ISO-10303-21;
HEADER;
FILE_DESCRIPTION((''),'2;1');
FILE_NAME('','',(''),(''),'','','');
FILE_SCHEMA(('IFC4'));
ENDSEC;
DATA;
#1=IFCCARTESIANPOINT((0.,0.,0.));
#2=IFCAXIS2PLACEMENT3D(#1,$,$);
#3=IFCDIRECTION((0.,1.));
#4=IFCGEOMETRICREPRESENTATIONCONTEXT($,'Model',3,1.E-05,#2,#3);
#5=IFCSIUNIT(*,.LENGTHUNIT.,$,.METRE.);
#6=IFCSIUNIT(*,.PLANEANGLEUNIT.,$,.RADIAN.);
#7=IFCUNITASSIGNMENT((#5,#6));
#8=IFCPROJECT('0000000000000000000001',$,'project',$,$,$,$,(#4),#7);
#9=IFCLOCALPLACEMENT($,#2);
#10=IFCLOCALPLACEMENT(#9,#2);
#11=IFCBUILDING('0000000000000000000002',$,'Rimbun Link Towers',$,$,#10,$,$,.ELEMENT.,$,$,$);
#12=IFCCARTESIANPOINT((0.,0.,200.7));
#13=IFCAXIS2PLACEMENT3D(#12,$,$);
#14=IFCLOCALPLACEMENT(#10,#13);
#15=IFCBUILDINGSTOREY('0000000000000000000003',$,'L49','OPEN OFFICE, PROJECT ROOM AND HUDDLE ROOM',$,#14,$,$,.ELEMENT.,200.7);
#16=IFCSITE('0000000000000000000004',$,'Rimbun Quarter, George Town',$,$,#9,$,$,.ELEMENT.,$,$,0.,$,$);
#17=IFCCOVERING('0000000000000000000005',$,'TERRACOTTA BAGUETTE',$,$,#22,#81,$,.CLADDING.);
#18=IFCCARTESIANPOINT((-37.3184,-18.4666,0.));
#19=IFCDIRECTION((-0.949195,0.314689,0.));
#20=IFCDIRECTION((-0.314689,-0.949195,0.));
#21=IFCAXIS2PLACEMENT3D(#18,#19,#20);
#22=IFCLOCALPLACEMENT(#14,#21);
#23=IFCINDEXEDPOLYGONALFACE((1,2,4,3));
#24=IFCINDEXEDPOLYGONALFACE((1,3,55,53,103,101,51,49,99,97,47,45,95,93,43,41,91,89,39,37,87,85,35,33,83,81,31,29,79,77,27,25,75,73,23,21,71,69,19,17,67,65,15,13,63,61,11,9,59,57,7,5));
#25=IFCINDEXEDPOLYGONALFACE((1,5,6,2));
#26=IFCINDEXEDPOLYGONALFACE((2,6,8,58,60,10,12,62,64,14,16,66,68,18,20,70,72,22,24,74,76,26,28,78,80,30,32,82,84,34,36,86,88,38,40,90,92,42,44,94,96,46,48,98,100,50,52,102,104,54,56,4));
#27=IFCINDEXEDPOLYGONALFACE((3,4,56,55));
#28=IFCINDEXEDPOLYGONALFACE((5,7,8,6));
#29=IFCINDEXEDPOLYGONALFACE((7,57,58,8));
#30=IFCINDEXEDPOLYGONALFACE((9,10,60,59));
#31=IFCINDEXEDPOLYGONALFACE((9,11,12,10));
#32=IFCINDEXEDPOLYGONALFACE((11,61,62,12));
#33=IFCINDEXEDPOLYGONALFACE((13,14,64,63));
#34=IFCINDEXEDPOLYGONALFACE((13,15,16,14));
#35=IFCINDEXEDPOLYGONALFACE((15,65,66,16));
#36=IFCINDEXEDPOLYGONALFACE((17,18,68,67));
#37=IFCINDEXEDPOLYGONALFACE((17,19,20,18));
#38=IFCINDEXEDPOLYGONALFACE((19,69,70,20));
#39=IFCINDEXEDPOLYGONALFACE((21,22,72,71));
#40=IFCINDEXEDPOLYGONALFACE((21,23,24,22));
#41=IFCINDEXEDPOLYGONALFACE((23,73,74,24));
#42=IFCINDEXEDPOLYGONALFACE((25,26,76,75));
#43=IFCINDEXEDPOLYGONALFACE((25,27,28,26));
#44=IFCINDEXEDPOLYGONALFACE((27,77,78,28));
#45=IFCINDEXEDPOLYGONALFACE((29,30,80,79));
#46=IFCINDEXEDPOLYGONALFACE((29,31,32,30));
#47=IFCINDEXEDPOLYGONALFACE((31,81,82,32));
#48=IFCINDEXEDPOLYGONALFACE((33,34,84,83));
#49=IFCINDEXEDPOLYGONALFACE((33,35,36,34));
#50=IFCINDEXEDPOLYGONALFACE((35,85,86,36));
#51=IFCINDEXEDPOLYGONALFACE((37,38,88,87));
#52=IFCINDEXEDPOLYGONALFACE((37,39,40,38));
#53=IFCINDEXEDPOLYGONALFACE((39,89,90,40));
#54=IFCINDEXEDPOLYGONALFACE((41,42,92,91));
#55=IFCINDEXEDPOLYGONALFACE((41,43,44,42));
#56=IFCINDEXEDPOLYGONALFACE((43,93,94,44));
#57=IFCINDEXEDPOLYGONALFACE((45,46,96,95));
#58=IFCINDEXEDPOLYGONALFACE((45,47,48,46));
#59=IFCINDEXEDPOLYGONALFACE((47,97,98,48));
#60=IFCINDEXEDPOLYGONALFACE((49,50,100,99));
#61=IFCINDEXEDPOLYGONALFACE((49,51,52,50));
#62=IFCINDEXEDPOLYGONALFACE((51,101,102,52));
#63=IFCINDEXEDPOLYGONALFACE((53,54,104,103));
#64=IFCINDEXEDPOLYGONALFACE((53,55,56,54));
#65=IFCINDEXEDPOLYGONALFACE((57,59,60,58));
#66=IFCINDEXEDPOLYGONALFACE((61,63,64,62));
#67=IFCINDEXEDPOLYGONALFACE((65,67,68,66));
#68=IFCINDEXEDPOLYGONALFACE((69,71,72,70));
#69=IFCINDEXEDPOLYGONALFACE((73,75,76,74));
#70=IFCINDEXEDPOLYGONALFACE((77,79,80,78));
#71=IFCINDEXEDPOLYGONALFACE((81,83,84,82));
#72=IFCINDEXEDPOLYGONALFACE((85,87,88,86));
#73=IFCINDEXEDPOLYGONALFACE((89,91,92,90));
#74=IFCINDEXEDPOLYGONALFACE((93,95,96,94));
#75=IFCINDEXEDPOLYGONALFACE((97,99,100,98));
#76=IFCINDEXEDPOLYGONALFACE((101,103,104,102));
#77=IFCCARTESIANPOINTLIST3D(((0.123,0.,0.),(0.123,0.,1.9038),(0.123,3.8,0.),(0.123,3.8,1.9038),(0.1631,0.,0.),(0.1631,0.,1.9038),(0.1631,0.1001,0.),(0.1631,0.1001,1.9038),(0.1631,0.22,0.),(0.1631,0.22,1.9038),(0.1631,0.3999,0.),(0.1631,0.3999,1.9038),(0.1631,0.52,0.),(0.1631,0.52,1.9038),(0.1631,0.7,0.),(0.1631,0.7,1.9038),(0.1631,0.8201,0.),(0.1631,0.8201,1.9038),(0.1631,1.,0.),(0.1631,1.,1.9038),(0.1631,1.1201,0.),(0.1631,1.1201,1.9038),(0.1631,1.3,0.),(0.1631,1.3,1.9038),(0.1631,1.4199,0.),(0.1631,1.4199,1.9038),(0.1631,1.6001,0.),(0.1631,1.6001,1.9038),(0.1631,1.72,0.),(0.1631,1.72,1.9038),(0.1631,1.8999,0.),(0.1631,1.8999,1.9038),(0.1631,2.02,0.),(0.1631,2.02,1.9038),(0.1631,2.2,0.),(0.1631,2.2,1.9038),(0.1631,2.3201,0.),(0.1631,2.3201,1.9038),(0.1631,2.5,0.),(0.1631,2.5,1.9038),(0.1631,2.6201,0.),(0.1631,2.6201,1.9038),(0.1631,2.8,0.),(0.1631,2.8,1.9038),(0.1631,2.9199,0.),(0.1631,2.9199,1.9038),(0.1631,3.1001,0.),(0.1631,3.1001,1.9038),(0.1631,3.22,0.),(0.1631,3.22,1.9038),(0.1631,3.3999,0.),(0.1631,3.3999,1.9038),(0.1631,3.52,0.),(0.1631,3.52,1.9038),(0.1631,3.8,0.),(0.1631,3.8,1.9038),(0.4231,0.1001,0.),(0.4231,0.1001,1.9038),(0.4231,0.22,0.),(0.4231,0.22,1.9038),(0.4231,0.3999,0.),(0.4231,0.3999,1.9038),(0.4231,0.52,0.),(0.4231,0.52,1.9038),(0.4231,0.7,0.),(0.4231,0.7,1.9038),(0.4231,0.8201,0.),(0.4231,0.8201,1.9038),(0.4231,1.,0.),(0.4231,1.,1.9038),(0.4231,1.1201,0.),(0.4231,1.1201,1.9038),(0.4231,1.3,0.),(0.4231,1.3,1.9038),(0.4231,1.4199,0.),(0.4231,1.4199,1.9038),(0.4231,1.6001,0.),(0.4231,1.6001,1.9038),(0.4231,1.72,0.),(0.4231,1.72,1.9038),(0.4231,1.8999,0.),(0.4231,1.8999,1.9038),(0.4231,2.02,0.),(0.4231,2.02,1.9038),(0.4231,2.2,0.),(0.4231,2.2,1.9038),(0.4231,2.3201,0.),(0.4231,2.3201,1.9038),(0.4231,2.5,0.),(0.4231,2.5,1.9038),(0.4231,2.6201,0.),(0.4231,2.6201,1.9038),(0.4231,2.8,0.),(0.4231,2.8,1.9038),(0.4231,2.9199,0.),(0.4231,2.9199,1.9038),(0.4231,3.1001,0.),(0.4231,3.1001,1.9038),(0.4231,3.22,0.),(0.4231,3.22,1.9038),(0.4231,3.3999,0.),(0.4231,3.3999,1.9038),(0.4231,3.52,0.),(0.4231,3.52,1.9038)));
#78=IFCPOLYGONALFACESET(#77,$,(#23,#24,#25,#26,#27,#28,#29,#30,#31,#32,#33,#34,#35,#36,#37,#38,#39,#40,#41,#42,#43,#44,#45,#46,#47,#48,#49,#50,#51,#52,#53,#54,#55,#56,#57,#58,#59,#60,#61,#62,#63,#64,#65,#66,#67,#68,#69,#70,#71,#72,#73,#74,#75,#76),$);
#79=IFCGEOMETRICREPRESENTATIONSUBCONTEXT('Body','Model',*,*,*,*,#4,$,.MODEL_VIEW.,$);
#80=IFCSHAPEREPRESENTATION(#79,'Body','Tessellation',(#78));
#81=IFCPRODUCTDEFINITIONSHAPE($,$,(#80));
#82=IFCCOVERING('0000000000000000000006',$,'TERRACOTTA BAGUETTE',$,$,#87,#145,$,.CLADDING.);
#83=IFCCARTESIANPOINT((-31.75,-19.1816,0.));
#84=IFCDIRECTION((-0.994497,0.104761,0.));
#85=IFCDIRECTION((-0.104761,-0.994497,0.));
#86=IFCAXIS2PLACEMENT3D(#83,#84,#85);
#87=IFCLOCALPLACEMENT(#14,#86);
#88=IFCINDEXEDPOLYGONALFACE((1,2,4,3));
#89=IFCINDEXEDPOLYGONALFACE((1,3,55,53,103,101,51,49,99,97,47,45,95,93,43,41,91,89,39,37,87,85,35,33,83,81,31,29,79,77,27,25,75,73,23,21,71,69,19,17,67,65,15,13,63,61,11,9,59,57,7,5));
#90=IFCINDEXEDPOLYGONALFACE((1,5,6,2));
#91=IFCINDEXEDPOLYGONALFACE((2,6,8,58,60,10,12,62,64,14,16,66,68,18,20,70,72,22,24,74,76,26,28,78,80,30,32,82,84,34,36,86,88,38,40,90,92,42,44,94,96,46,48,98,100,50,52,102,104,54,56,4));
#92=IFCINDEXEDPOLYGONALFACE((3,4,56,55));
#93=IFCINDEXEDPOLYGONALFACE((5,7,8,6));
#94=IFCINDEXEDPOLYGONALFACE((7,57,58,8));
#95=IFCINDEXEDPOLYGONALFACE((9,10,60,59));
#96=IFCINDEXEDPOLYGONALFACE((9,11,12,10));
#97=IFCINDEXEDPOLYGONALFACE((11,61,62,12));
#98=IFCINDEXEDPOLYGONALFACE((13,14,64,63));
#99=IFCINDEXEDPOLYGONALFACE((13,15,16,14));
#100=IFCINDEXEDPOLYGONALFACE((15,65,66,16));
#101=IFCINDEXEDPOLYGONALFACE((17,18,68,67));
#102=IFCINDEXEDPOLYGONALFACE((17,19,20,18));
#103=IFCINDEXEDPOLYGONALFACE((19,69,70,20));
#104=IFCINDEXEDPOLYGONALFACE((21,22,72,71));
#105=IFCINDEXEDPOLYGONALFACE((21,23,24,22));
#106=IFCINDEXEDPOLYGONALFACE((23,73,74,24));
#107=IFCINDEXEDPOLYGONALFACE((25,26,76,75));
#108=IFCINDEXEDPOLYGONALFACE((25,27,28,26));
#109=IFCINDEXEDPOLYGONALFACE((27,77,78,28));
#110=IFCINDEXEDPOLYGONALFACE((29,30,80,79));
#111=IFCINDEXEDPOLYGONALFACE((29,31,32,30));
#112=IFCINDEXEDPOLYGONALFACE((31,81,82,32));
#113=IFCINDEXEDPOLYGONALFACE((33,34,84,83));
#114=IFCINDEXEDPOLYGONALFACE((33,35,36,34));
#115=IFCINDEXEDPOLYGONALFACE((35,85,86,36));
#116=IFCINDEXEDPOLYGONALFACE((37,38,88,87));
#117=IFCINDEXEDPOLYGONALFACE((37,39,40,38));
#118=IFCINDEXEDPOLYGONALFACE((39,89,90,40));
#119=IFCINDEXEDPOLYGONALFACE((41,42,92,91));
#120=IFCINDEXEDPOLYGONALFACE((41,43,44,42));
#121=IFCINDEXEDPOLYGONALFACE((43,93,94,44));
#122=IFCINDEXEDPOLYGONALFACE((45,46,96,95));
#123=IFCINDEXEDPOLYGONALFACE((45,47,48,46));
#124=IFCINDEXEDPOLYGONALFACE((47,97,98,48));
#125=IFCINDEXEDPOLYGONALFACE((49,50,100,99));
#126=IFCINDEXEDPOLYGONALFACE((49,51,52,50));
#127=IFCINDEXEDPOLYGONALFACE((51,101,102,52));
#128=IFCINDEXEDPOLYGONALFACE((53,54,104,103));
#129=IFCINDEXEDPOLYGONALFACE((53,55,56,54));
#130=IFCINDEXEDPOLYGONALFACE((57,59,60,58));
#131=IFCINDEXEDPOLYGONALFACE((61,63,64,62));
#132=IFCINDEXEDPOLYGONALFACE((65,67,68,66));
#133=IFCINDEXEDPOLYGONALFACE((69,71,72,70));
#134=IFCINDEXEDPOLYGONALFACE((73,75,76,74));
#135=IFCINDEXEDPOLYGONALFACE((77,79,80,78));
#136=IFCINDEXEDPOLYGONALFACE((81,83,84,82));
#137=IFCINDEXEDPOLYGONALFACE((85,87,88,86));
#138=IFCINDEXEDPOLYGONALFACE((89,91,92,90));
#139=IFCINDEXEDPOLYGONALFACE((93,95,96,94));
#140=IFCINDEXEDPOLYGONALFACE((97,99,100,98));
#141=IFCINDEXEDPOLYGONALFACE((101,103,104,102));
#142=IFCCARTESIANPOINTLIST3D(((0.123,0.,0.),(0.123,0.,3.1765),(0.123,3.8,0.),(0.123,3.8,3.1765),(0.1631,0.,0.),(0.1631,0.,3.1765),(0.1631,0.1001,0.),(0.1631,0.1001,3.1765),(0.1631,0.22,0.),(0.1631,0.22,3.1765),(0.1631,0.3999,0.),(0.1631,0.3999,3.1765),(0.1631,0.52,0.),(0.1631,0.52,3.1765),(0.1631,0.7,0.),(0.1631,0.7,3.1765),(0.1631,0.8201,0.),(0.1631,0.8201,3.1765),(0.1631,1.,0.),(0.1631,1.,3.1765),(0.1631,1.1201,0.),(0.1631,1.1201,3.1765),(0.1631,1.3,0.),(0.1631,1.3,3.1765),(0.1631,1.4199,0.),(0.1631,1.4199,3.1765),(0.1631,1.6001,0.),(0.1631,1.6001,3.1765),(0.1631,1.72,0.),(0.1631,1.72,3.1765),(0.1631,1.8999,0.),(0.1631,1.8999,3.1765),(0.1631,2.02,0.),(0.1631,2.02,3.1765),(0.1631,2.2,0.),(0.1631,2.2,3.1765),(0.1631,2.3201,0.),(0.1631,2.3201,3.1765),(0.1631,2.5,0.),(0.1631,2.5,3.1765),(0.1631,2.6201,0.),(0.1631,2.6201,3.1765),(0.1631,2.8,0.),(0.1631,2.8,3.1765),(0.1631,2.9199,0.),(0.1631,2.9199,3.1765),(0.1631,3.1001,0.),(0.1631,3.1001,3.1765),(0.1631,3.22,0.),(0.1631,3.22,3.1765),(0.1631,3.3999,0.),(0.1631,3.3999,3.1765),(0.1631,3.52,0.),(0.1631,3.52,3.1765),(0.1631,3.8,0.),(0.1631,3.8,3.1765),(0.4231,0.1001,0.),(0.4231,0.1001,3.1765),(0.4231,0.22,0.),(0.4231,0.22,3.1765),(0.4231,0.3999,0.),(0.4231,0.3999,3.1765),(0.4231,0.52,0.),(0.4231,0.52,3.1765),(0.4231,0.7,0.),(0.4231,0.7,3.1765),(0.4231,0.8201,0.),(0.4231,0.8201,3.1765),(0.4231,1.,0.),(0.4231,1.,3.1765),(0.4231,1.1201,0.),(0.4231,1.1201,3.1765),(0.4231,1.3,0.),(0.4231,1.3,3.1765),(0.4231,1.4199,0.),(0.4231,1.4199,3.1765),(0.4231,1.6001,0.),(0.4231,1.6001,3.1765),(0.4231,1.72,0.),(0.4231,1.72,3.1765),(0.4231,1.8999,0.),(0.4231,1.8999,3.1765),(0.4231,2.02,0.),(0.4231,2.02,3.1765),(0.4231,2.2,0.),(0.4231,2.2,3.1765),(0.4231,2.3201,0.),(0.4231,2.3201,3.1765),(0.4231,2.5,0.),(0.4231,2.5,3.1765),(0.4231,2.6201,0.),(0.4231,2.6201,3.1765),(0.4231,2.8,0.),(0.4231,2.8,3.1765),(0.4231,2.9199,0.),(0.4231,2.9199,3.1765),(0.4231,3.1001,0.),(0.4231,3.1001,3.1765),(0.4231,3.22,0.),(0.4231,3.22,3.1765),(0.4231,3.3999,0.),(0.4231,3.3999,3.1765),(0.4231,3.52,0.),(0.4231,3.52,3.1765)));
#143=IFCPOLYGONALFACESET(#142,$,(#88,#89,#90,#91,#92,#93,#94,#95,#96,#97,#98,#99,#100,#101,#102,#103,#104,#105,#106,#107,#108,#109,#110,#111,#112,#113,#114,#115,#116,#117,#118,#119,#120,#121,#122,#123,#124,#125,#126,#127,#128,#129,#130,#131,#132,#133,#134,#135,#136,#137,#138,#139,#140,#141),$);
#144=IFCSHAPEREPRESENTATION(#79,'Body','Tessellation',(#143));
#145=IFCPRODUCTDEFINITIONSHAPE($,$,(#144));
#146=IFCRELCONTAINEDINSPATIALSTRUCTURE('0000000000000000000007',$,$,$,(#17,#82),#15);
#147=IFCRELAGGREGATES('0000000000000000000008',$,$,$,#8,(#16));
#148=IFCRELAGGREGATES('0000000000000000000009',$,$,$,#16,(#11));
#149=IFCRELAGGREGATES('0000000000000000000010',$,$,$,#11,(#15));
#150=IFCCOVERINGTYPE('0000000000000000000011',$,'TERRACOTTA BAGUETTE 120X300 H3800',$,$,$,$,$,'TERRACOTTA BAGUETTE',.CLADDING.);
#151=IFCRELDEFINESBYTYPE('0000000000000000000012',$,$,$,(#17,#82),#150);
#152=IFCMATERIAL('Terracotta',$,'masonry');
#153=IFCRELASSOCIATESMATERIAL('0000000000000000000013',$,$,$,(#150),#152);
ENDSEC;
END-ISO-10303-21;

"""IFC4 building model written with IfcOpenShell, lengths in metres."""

from ifc_helpers import new_model, si_unit, direction, frame, origin, place, context, subcontext, project, spatial, polyline, outline, extrude, material, material_profile, profile_set, type_object, element, save


model = new_model("IFC4")

# Units and contexts
model_context = context("Model", 3, precision=1e-05, world=origin(), true_north=direction((0.0, 1.0)))
body_context = subcontext(model_context, "Body", "Model", "MODEL_VIEW")
ifc_project = project(units=[si_unit("LENGTHUNIT", "METRE"), si_unit("PLANEANGLEUNIT", "RADIAN")], contexts=[model_context])

# Site, building, storey
site_placement = place(None, origin())
site = spatial("IfcSite", under=ifc_project, at=site_placement, Name="Rimbun Quarter, George Town", CompositionType="ELEMENT", RefElevation=0.0)
building_placement = place(site_placement, origin())
building = spatial("IfcBuilding", under=site, at=building_placement, Name="Rimbun Link Towers", CompositionType="ELEMENT")
storey_placement = place(building_placement, frame((0.0, 0.0, 200.7)))
storey = spatial("IfcBuildingStorey", under=building, at=storey_placement, Name="L49", Description="OPEN OFFICE, PROJECT ROOM AND HUDDLE ROOM", CompositionType="ELEMENT", Elevation=200.7)

# Coverings
ifc_material_1 = material(Name="Terracotta", Category="masonry")
ifc_material_profile_1 = material_profile(ifc_material_1, outline(polyline([(0.123, 0.0), (0.1631, 0.0), (0.1631, 0.1001), (0.4231, 0.1001), (0.4231, 0.22), (0.1631, 0.22), (0.1631, 0.3999), (0.4231, 0.3999), (0.4231, 0.52), (0.1631, 0.52), (0.1631, 0.7), (0.4231, 0.7), (0.4231, 0.8201), (0.1631, 0.8201), (0.1631, 1.0), (0.4231, 1.0), (0.4231, 1.1201), (0.1631, 1.1201), (0.1631, 1.3), (0.4231, 1.3), (0.4231, 1.4199), (0.1631, 1.4199), (0.1631, 1.6001), (0.4231, 1.6001), (0.4231, 1.72), (0.1631, 1.72), (0.1631, 1.8999), (0.4231, 1.8999), (0.4231, 2.02), (0.1631, 2.02), (0.1631, 2.2), (0.4231, 2.2), (0.4231, 2.3201), (0.1631, 2.3201), (0.1631, 2.5), (0.4231, 2.5), (0.4231, 2.6201), (0.1631, 2.6201), (0.1631, 2.8), (0.4231, 2.8), (0.4231, 2.9199), (0.1631, 2.9199), (0.1631, 3.1001), (0.4231, 3.1001), (0.4231, 3.22), (0.1631, 3.22), (0.1631, 3.3999), (0.4231, 3.3999), (0.4231, 3.52), (0.1631, 3.52), (0.1631, 3.8), (0.123, 3.8), (0.123, 0.0)])), Name="BAGUETTE 120X300")
ifc_profile_set_1 = profile_set([ifc_material_profile_1], Name="Terracotta")
covering_type = type_object("IfcCoveringType", Name="TERRACOTTA BAGUETTE 120X300 H3800", ElementType="TERRACOTTA BAGUETTE", PredefinedType="CLADDING", material=ifc_profile_set_1)
covering_placement = place(storey_placement, frame((-37.3184, -18.4666, 0.0), z_axis=(-0.949195, 0.314689, 0.0), x_axis=(-0.314689, -0.949195, 0.0)))
element("IfcCovering", 1, at=covering_placement, inside=storey, type_object=covering_type, Name="TERRACOTTA BAGUETTE", PredefinedType="CLADDING", context=body_context, shape_type="SweptSolid", body=[
    extrude(outline(polyline([(0.123, 0.0), (0.1631, 0.0), (0.1631, 0.1001), (0.4231, 0.1001), (0.4231, 0.22), (0.1631, 0.22), (0.1631, 0.3999), (0.4231, 0.3999), (0.4231, 0.52), (0.1631, 0.52), (0.1631, 0.7), (0.4231, 0.7), (0.4231, 0.8201), (0.1631, 0.8201), (0.1631, 1.0), (0.4231, 1.0), (0.4231, 1.1201), (0.1631, 1.1201), (0.1631, 1.3), (0.4231, 1.3), (0.4231, 1.4199), (0.1631, 1.4199), (0.1631, 1.6001), (0.4231, 1.6001), (0.4231, 1.72), (0.1631, 1.72), (0.1631, 1.8999), (0.4231, 1.8999), (0.4231, 2.02), (0.1631, 2.02), (0.1631, 2.2), (0.4231, 2.2), (0.4231, 2.3201), (0.1631, 2.3201), (0.1631, 2.5), (0.4231, 2.5), (0.4231, 2.6201), (0.1631, 2.6201), (0.1631, 2.8), (0.4231, 2.8), (0.4231, 2.9199), (0.1631, 2.9199), (0.1631, 3.1001), (0.4231, 3.1001), (0.4231, 3.22), (0.1631, 3.22), (0.1631, 3.3999), (0.4231, 3.3999), (0.4231, 3.52), (0.1631, 3.52), (0.1631, 3.8), (0.123, 3.8), (0.123, 0.0)])), origin(), (0.0, 0.0, 1.0), 1.9038),
])
for number, where, z_axis, x_axis, name in (
    (2, (-31.75, -19.1816, 0.0), (-0.994497, 0.104761, 0.0), (-0.104761, -0.994497, 0.0), "TERRACOTTA BAGUETTE"),
):
    element("IfcCovering", number, at=place(storey_placement, frame(where, z_axis=z_axis, x_axis=x_axis)), inside=storey, type_object=covering_type, Name=name, PredefinedType="CLADDING", context=body_context, shape_type="SweptSolid", body=[
        extrude(outline(polyline([(0.123, 0.0), (0.1631, 0.0), (0.1631, 0.1001), (0.4231, 0.1001), (0.4231, 0.22), (0.1631, 0.22), (0.1631, 0.3999), (0.4231, 0.3999), (0.4231, 0.52), (0.1631, 0.52), (0.1631, 0.7), (0.4231, 0.7), (0.4231, 0.8201), (0.1631, 0.8201), (0.1631, 1.0), (0.4231, 1.0), (0.4231, 1.1201), (0.1631, 1.1201), (0.1631, 1.3), (0.4231, 1.3), (0.4231, 1.4199), (0.1631, 1.4199), (0.1631, 1.6001), (0.4231, 1.6001), (0.4231, 1.72), (0.1631, 1.72), (0.1631, 1.8999), (0.4231, 1.8999), (0.4231, 2.02), (0.1631, 2.02), (0.1631, 2.2), (0.4231, 2.2), (0.4231, 2.3201), (0.1631, 2.3201), (0.1631, 2.5), (0.4231, 2.5), (0.4231, 2.6201), (0.1631, 2.6201), (0.1631, 2.8), (0.4231, 2.8), (0.4231, 2.9199), (0.1631, 2.9199), (0.1631, 3.1001), (0.4231, 3.1001), (0.4231, 3.22), (0.1631, 3.22), (0.1631, 3.3999), (0.4231, 3.3999), (0.4231, 3.52), (0.1631, 3.52), (0.1631, 3.8), (0.123, 3.8), (0.123, 0.0)])), origin(), (0.0, 0.0, 1.0), 3.1765),
    ])

save(model, "model.ifc")
